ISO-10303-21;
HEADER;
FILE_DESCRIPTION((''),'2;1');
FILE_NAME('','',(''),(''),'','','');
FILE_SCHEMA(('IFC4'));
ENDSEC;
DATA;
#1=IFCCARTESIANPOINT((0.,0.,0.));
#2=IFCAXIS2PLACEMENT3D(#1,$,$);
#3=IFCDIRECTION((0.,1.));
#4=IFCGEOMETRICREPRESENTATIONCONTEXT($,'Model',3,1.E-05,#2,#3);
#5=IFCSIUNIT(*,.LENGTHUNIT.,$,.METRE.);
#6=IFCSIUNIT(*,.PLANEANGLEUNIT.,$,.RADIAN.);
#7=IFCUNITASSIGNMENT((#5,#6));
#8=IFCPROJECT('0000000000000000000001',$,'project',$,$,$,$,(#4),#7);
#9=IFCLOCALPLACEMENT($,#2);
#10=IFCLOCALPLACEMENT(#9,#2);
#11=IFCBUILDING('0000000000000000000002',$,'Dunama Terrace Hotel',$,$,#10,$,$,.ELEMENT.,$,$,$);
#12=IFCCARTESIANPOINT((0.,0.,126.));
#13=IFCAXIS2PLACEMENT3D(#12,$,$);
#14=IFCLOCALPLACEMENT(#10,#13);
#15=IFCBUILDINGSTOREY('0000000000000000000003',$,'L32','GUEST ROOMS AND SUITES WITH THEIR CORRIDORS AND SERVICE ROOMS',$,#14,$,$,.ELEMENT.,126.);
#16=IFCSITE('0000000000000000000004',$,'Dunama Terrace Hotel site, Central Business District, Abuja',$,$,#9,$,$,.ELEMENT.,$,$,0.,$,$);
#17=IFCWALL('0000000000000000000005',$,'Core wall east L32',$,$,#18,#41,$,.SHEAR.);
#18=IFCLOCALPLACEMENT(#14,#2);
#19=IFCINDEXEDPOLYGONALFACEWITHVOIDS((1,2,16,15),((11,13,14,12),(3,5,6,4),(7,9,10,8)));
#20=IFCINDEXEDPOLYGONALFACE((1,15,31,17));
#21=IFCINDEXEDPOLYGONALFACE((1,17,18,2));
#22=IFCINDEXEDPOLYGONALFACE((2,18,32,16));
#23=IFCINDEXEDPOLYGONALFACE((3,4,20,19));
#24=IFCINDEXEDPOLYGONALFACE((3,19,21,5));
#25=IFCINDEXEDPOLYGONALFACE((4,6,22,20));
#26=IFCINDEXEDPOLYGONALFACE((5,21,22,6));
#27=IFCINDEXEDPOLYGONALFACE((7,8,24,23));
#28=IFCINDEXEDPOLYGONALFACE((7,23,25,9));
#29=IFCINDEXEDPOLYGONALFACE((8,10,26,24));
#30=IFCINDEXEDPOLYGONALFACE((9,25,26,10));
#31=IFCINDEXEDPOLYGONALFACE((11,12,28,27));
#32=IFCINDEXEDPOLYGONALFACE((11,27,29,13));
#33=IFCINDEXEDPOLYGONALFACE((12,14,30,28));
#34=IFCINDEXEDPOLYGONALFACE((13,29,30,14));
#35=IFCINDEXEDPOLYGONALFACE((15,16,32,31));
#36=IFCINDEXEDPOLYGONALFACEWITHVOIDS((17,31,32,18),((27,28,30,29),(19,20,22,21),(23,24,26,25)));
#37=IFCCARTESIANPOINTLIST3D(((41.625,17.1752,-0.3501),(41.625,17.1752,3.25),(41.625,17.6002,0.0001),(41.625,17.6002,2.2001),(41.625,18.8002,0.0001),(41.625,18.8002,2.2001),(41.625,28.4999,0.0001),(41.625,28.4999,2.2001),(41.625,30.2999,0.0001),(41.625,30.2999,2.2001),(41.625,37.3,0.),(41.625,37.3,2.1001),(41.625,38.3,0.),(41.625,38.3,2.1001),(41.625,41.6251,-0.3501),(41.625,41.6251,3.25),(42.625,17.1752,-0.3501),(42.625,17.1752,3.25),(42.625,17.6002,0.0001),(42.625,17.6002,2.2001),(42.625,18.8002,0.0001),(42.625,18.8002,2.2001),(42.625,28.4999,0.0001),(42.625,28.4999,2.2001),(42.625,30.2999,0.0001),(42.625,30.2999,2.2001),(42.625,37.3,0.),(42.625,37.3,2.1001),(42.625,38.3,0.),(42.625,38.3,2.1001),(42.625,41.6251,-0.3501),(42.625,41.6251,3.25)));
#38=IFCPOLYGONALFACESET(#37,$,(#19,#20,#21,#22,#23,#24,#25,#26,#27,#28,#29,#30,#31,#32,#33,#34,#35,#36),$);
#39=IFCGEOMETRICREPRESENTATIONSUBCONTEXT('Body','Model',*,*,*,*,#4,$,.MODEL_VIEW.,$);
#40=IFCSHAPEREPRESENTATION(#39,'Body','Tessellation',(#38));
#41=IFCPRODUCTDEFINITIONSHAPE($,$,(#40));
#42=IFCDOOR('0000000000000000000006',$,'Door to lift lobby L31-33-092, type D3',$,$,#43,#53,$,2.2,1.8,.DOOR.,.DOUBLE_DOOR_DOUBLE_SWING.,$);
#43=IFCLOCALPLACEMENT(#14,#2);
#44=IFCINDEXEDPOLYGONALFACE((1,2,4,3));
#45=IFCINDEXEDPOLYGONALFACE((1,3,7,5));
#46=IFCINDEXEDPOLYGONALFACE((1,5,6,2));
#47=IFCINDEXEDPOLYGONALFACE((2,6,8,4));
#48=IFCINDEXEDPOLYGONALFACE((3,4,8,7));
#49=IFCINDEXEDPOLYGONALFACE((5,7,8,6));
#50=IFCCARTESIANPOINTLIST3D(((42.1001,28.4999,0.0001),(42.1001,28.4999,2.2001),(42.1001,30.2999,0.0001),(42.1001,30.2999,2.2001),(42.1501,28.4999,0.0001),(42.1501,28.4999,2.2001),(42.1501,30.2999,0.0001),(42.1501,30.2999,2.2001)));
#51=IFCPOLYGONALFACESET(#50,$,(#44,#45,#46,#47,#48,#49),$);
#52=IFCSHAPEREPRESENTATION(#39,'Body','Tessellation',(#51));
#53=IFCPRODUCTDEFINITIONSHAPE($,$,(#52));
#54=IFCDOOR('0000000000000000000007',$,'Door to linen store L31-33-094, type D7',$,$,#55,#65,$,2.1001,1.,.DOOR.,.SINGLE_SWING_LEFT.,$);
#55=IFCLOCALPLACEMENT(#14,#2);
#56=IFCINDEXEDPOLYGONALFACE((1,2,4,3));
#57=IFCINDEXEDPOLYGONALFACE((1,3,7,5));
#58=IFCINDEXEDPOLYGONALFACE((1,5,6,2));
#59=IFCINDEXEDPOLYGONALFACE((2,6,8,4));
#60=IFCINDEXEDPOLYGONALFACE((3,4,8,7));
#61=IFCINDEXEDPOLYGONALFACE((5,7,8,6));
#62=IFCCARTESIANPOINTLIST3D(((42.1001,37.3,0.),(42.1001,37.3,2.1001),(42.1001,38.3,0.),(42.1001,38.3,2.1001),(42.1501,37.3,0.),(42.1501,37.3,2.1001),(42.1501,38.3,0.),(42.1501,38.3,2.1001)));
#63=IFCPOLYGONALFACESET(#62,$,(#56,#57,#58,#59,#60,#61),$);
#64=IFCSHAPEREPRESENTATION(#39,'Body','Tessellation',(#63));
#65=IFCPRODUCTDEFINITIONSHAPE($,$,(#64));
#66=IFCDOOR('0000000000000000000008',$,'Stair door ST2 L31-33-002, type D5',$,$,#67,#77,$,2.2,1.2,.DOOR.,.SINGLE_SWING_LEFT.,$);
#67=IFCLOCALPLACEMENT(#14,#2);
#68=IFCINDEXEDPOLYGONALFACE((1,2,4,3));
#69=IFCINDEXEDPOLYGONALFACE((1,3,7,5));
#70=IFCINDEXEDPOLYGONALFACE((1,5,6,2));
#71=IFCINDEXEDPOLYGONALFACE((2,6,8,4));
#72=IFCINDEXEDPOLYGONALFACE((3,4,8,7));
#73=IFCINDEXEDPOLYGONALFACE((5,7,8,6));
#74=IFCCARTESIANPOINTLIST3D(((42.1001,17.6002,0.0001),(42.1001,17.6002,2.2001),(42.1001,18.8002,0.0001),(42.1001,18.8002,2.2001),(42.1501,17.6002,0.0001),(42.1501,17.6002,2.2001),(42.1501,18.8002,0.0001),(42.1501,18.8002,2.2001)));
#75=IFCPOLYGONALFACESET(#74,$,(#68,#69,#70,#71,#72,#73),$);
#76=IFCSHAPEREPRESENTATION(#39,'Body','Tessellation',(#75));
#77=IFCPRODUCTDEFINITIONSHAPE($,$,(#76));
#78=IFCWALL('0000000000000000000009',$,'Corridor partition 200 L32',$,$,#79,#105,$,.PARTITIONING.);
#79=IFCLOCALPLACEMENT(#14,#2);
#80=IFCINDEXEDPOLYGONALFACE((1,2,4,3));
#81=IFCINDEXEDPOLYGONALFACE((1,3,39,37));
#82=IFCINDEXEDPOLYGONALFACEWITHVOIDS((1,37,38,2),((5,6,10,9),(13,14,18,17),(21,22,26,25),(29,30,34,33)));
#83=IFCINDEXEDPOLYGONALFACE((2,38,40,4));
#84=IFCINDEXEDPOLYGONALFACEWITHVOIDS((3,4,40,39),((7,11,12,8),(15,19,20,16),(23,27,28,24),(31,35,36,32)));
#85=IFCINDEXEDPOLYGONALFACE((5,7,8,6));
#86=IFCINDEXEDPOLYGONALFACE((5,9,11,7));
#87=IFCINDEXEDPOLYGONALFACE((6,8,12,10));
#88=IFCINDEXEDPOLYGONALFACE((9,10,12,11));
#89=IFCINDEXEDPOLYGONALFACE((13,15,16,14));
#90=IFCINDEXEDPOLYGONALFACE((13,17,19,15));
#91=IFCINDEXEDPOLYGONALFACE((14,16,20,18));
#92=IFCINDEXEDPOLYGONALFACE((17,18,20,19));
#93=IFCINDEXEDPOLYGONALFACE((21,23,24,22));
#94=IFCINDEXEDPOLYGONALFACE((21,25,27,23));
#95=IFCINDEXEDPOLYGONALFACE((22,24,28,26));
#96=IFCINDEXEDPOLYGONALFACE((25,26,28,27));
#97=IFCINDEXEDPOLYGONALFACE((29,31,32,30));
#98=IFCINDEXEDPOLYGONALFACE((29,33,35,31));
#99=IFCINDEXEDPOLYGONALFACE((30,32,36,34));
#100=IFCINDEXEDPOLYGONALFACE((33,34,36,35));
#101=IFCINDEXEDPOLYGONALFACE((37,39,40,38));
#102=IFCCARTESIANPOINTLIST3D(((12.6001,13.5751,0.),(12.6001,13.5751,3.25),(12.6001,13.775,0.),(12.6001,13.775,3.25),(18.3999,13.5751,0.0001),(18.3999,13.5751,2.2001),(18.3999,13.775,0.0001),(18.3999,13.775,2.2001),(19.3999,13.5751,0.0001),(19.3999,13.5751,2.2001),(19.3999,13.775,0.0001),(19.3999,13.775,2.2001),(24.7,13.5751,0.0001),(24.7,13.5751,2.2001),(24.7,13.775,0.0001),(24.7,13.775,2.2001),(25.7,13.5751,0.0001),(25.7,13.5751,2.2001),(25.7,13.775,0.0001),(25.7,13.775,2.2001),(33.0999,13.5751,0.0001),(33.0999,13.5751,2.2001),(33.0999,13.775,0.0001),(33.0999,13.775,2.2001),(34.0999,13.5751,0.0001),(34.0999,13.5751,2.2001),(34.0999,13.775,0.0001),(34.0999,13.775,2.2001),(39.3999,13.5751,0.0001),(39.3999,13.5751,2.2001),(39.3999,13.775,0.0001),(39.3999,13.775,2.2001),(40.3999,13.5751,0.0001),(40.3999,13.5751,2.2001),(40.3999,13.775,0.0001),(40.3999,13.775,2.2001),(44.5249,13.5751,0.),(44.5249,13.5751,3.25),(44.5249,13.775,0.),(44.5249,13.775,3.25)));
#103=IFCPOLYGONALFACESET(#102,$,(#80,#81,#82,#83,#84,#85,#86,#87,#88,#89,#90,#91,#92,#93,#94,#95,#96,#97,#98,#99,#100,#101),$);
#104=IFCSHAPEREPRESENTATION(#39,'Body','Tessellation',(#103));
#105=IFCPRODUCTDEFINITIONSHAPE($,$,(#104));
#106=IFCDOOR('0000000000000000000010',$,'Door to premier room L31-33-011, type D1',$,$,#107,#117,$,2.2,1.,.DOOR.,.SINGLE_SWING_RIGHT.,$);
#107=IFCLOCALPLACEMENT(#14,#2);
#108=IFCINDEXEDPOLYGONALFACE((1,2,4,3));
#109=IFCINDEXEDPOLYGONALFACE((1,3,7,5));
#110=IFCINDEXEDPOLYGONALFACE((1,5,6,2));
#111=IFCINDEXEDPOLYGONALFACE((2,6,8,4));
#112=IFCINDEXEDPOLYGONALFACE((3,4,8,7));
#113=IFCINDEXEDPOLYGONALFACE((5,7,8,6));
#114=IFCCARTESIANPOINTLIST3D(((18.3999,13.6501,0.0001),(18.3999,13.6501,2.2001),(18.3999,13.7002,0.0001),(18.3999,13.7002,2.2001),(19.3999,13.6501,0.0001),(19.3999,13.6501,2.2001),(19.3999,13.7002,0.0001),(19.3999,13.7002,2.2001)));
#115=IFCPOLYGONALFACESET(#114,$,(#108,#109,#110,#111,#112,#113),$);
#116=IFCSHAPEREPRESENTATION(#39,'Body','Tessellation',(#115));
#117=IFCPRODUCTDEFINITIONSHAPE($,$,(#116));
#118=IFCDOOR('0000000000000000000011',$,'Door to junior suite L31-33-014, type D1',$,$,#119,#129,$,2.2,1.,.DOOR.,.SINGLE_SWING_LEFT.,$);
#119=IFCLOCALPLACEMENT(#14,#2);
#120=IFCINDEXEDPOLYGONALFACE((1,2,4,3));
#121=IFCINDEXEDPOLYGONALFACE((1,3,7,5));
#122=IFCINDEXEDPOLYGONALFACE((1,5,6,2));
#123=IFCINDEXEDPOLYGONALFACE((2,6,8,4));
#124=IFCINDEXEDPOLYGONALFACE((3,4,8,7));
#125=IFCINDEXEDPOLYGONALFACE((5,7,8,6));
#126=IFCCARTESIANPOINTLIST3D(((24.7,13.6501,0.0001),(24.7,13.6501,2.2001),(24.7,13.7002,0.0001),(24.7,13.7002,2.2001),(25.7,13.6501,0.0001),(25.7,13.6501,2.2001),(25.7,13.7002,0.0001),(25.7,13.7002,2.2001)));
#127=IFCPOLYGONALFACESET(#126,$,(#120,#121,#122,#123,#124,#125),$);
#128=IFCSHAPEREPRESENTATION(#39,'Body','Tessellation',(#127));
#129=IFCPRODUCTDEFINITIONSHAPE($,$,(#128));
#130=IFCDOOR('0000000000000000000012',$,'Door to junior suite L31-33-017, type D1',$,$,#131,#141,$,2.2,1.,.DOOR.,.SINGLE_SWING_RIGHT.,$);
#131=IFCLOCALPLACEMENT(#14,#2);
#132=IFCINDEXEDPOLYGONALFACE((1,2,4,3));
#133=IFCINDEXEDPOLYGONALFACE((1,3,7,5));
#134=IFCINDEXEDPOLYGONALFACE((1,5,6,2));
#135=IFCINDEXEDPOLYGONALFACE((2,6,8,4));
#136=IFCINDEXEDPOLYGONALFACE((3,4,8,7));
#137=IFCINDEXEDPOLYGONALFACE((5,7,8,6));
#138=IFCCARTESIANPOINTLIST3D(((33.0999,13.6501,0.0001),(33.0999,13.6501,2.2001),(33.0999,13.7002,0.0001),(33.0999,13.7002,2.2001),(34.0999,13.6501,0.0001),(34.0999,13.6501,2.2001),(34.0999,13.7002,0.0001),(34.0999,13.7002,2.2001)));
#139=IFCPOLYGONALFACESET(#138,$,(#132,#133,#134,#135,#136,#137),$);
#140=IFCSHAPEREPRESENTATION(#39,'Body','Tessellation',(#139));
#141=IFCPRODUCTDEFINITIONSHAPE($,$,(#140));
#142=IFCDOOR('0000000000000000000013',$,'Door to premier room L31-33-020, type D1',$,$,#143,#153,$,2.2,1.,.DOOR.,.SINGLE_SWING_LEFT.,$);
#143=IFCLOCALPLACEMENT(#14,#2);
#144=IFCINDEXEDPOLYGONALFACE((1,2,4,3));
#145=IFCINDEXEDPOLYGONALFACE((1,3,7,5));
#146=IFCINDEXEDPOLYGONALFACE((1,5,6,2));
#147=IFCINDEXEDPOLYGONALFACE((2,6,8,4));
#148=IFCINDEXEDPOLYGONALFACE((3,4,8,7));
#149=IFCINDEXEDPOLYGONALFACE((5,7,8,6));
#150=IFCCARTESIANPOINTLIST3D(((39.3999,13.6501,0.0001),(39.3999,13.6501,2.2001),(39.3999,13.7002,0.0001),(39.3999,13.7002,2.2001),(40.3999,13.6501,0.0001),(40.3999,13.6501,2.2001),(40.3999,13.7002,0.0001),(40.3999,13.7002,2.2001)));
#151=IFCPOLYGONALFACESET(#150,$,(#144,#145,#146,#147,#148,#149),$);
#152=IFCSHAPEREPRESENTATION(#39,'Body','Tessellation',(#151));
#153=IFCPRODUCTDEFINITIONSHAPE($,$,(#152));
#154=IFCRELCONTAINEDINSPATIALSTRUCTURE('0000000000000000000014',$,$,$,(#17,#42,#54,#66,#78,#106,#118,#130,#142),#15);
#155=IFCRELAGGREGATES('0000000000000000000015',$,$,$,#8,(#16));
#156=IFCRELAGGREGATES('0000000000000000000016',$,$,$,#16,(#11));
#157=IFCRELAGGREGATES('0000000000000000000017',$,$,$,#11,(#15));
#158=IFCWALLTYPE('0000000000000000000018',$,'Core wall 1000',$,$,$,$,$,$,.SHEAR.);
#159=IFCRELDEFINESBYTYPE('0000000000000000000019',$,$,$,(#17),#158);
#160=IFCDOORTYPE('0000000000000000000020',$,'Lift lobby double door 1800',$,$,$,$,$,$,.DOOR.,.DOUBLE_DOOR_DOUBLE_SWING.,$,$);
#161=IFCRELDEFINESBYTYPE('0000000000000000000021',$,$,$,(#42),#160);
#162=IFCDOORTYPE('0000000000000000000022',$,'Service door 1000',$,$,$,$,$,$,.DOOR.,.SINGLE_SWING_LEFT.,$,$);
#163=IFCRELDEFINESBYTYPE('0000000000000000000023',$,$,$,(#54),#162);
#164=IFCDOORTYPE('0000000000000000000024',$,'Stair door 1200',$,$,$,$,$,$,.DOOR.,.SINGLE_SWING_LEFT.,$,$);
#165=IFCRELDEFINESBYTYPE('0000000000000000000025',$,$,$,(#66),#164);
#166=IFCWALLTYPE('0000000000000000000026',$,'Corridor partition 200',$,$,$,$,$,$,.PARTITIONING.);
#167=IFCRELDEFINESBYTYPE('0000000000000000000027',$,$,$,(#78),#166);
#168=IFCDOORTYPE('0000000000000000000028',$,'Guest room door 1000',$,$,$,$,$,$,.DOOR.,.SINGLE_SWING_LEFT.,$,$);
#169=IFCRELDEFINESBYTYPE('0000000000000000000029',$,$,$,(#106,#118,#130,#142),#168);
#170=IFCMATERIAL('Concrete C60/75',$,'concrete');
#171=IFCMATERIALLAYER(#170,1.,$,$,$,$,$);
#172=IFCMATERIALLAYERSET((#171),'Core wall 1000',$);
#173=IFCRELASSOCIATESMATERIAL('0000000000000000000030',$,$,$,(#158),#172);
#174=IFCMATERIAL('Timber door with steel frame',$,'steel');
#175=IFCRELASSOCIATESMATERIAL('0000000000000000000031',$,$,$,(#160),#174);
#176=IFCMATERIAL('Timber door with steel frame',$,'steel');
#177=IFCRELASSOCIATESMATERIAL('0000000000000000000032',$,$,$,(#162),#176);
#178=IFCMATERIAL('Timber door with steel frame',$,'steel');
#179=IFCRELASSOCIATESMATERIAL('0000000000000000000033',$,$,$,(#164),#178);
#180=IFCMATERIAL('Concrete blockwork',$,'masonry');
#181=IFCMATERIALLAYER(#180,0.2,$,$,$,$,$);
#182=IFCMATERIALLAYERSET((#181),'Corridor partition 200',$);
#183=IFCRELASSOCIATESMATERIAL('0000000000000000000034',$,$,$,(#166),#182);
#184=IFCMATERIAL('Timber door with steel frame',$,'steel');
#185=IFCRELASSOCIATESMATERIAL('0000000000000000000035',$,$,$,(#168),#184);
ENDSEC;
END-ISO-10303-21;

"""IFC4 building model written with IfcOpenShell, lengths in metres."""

from ifc_helpers import new_model, si_unit, direction, frame, frame_2d, origin, place, context, subcontext, project, spatial, rectangle, extrude, material, layer, layer_set, type_object, element, fill, save


model = new_model("IFC4")

# Units and contexts
model_context = context("Model", 3, precision=1e-05, world=origin(), true_north=direction((0.0, 1.0)))
body_context = subcontext(model_context, "Body", "Model", "MODEL_VIEW")
ifc_project = project(units=[si_unit("LENGTHUNIT", "METRE"), si_unit("PLANEANGLEUNIT", "RADIAN")], contexts=[model_context])

# Site, building, storey
site_placement = place(None, origin())
site = spatial("IfcSite", under=ifc_project, at=site_placement, Name="Dunama Terrace Hotel site, Central Business District, Abuja", CompositionType="ELEMENT", RefElevation=0.0)
building_placement = place(site_placement, origin())
building = spatial("IfcBuilding", under=site, at=building_placement, Name="Dunama Terrace Hotel", CompositionType="ELEMENT")
storey_placement = place(building_placement, frame((0.0, 0.0, 126.0)))
storey = spatial("IfcBuildingStorey", under=building, at=storey_placement, Name="L32", Description="GUEST ROOMS AND SUITES WITH THEIR CORRIDORS AND SERVICE ROOMS", CompositionType="ELEMENT", Elevation=126.0)

# Walls, openings, doors
ifc_material_1 = material(Name="Concrete C60/75", Category="concrete")
ifc_layer_1 = layer(ifc_material_1, 1.0)
ifc_layer_set_1 = layer_set([ifc_layer_1], Name="Core wall 1000")
wall_type_1 = type_object("IfcWallType", Name="Core wall 1000", PredefinedType="SHEAR", material=ifc_layer_set_1)
wall_1_placement = place(storey_placement, frame((42.125, 17.175, -0.3501), z_axis=(0.0, 0.0, 1.0), x_axis=(0.0, 1.0, 0.0)))
wall_1 = element("IfcWall", 1, at=wall_1_placement, inside=storey, type_object=wall_type_1, Name="Core wall east L32", PredefinedType="SHEAR", context=body_context, shape_type="SweptSolid", body=[
    extrude(rectangle(XDim=24.45, YDim=1.0, at=frame_2d((12.2251, 0.0))), origin(), (0.0, 0.0, 1.0), 3.6001),
])
opening_1_placement = place(wall_1_placement, frame((0.425, 0.0, 0.3501)))
opening_1 = element("IfcOpeningElement", 2, at=opening_1_placement, cuts=wall_1, PredefinedType="OPENING", context=body_context, shape_type="SweptSolid", body=[
    extrude(rectangle(XDim=1.2, YDim=2.2, at=frame_2d((0.6001, 1.1001))), frame((0.0, 0.51, 0.0), z_axis=(0.0, -1.0, 0.0), x_axis=(1.0, 0.0, 0.0)), (0.0, 0.0, 1.0), 1.02),
])
opening_2_placement = place(wall_1_placement, frame((11.325, 0.0, 0.3501)))
opening_2 = element("IfcOpeningElement", 3, at=opening_2_placement, cuts=wall_1, PredefinedType="OPENING", context=body_context, shape_type="SweptSolid", body=[
    extrude(rectangle(XDim=1.8, YDim=2.2, at=frame_2d((0.8999, 1.1001))), frame((0.0, 0.51, 0.0), z_axis=(0.0, -1.0, 0.0), x_axis=(1.0, 0.0, 0.0)), (0.0, 0.0, 1.0), 1.02),
])
opening_3_placement = place(wall_1_placement, frame((20.125, 0.0, 0.3501)))
opening_3 = element("IfcOpeningElement", 4, at=opening_3_placement, cuts=wall_1, PredefinedType="OPENING", context=body_context, shape_type="SweptSolid", body=[
    extrude(rectangle(XDim=1.0, YDim=2.1001, at=frame_2d((0.5, 1.05))), frame((0.0, 0.51, 0.0), z_axis=(0.0, -1.0, 0.0), x_axis=(1.0, 0.0, 0.0)), (0.0, 0.0, 1.0), 1.02),
])
ifc_material_2 = material(Name="Timber door with steel frame", Category="steel")
door_type_1 = type_object("IfcDoorType", Name="Lift lobby double door 1800", OperationType="DOUBLE_DOOR_DOUBLE_SWING", PredefinedType="DOOR", material=ifc_material_2)
door_1_placement = place(opening_2_placement, origin())
door_1 = element("IfcDoor", 5, at=door_1_placement, inside=storey, type_object=door_type_1, Name="Door to lift lobby L31-33-092, type D3", OperationType="DOUBLE_DOOR_DOUBLE_SWING", OverallHeight=2.2, OverallWidth=1.8, PredefinedType="DOOR", context=body_context, shape_type="SweptSolid", body=[
    extrude(rectangle(XDim=1.8, YDim=2.2, at=frame_2d((0.8999, 1.1001))), frame((0.0, 0.0249, 0.0), z_axis=(0.0, -1.0, 0.0), x_axis=(1.0, 0.0, 0.0)), (0.0, 0.0, 1.0), 0.05),
])
fill(opening_2, door_1)
ifc_material_3 = material(Name="Timber door with steel frame", Category="steel")
door_type_2 = type_object("IfcDoorType", Name="Service door 1000", OperationType="SINGLE_SWING_LEFT", PredefinedType="DOOR", material=ifc_material_3)
door_2_placement = place(opening_3_placement, origin())
door_2 = element("IfcDoor", 6, at=door_2_placement, inside=storey, type_object=door_type_2, Name="Door to linen store L31-33-094, type D7", OperationType="SINGLE_SWING_LEFT", OverallHeight=2.1001, OverallWidth=1.0, PredefinedType="DOOR", context=body_context, shape_type="SweptSolid", body=[
    extrude(rectangle(XDim=1.0, YDim=2.1001, at=frame_2d((0.5, 1.05))), frame((0.0, 0.0249, 0.0), z_axis=(0.0, -1.0, 0.0), x_axis=(1.0, 0.0, 0.0)), (0.0, 0.0, 1.0), 0.05),
])
fill(opening_3, door_2)
ifc_material_4 = material(Name="Timber door with steel frame", Category="steel")
door_type_3 = type_object("IfcDoorType", Name="Stair door 1200", OperationType="SINGLE_SWING_LEFT", PredefinedType="DOOR", material=ifc_material_4)
door_3_placement = place(opening_1_placement, origin())
door_3 = element("IfcDoor", 7, at=door_3_placement, inside=storey, type_object=door_type_3, Name="Stair door ST2 L31-33-002, type D5", OperationType="SINGLE_SWING_LEFT", OverallHeight=2.2, OverallWidth=1.2, PredefinedType="DOOR", context=body_context, shape_type="SweptSolid", body=[
    extrude(rectangle(XDim=1.2, YDim=2.2, at=frame_2d((0.6001, 1.1001))), frame((0.0, 0.0249, 0.0), z_axis=(0.0, -1.0, 0.0), x_axis=(1.0, 0.0, 0.0)), (0.0, 0.0, 1.0), 0.05),
])
fill(opening_1, door_3)
ifc_material_5 = material(Name="Concrete blockwork", Category="masonry")
ifc_layer_2 = layer(ifc_material_5, 0.2)
ifc_layer_set_2 = layer_set([ifc_layer_2], Name="Corridor partition 200")
wall_type_2 = type_object("IfcWallType", Name="Corridor partition 200", PredefinedType="PARTITIONING", material=ifc_layer_set_2)
wall_2_placement = place(storey_placement, frame((44.5249, 13.675, 0.0), z_axis=(0.0, 0.0, 1.0), x_axis=(-1.0, 0.0, 0.0)))
wall_2 = element("IfcWall", 8, at=wall_2_placement, inside=storey, type_object=wall_type_2, Name="Corridor partition 200 L32", PredefinedType="PARTITIONING", context=body_context, shape_type="SweptSolid", body=[
    extrude(rectangle(XDim=31.9248, YDim=0.2, at=frame_2d((15.9624, 0.0))), origin(), (0.0, 0.0, 1.0), 3.25),
])
opening_4_placement = place(wall_2_placement, frame((25.125, 0.0, 0.0)))
opening_4 = element("IfcOpeningElement", 9, at=opening_4_placement, cuts=wall_2, PredefinedType="OPENING", context=body_context, shape_type="SweptSolid", body=[
    extrude(rectangle(XDim=1.0, YDim=2.2, at=frame_2d((0.5, 1.1001))), frame((0.0, 0.1099, 0.0), z_axis=(0.0, -1.0, 0.0), x_axis=(1.0, 0.0, 0.0)), (0.0, 0.0, 1.0), 0.22),
])
opening_5_placement = place(wall_2_placement, frame((18.825, 0.0, 0.0)))
opening_5 = element("IfcOpeningElement", 10, at=opening_5_placement, cuts=wall_2, PredefinedType="OPENING", context=body_context, shape_type="SweptSolid", body=[
    extrude(rectangle(XDim=1.0, YDim=2.2, at=frame_2d((0.5, 1.1001))), frame((0.0, 0.1099, 0.0), z_axis=(0.0, -1.0, 0.0), x_axis=(1.0, 0.0, 0.0)), (0.0, 0.0, 1.0), 0.22),
])
opening_6_placement = place(wall_2_placement, frame((10.425, 0.0, 0.0)))
opening_6 = element("IfcOpeningElement", 11, at=opening_6_placement, cuts=wall_2, PredefinedType="OPENING", context=body_context, shape_type="SweptSolid", body=[
    extrude(rectangle(XDim=1.0, YDim=2.2, at=frame_2d((0.5, 1.1001))), frame((0.0, 0.1099, 0.0), z_axis=(0.0, -1.0, 0.0), x_axis=(1.0, 0.0, 0.0)), (0.0, 0.0, 1.0), 0.22),
])
opening_7_placement = place(wall_2_placement, frame((4.125, 0.0, 0.0)))
opening_7 = element("IfcOpeningElement", 12, at=opening_7_placement, cuts=wall_2, PredefinedType="OPENING", context=body_context, shape_type="SweptSolid", body=[
    extrude(rectangle(XDim=1.0, YDim=2.2, at=frame_2d((0.5, 1.1001))), frame((0.0, 0.1099, 0.0), z_axis=(0.0, -1.0, 0.0), x_axis=(1.0, 0.0, 0.0)), (0.0, 0.0, 1.0), 0.22),
])
ifc_material_6 = material(Name="Timber door with steel frame", Category="steel")
door_type_4 = type_object("IfcDoorType", Name="Guest room door 1000", OperationType="SINGLE_SWING_LEFT", PredefinedType="DOOR", material=ifc_material_6)
door_4_placement = place(opening_4_placement, origin())
door_4 = element("IfcDoor", 13, at=door_4_placement, inside=storey, type_object=door_type_4, Name="Door to premier room L31-33-011, type D1", OperationType="SINGLE_SWING_RIGHT", OverallHeight=2.2, OverallWidth=1.0, PredefinedType="DOOR", context=body_context, shape_type="SweptSolid", body=[
    extrude(rectangle(XDim=1.0, YDim=2.2, at=frame_2d((0.5, 1.1001))), frame((0.0, 0.0249, 0.0), z_axis=(0.0, -1.0, 0.0), x_axis=(1.0, 0.0, 0.0)), (0.0, 0.0, 1.0), 0.05),
])
fill(opening_4, door_4)
door_5_placement = place(opening_5_placement, origin())
door_5 = element("IfcDoor", 14, at=door_5_placement, inside=storey, type_object=door_type_4, Name="Door to junior suite L31-33-014, type D1", OperationType="SINGLE_SWING_LEFT", OverallHeight=2.2, OverallWidth=1.0, PredefinedType="DOOR", context=body_context, shape_type="SweptSolid", body=[
    extrude(rectangle(XDim=1.0, YDim=2.2, at=frame_2d((0.5, 1.1001))), frame((0.0, 0.0249, 0.0), z_axis=(0.0, -1.0, 0.0), x_axis=(1.0, 0.0, 0.0)), (0.0, 0.0, 1.0), 0.05),
])
fill(opening_5, door_5)
door_6_placement = place(opening_6_placement, origin())
door_6 = element("IfcDoor", 15, at=door_6_placement, inside=storey, type_object=door_type_4, Name="Door to junior suite L31-33-017, type D1", OperationType="SINGLE_SWING_RIGHT", OverallHeight=2.2, OverallWidth=1.0, PredefinedType="DOOR", context=body_context, shape_type="SweptSolid", body=[
    extrude(rectangle(XDim=1.0, YDim=2.2, at=frame_2d((0.5, 1.1001))), frame((0.0, 0.0249, 0.0), z_axis=(0.0, -1.0, 0.0), x_axis=(1.0, 0.0, 0.0)), (0.0, 0.0, 1.0), 0.05),
])
fill(opening_6, door_6)
door_7_placement = place(opening_7_placement, origin())
door_7 = element("IfcDoor", 16, at=door_7_placement, inside=storey, type_object=door_type_4, Name="Door to premier room L31-33-020, type D1", OperationType="SINGLE_SWING_LEFT", OverallHeight=2.2, OverallWidth=1.0, PredefinedType="DOOR", context=body_context, shape_type="SweptSolid", body=[
    extrude(rectangle(XDim=1.0, YDim=2.2, at=frame_2d((0.5, 1.1001))), frame((0.0, 0.0249, 0.0), z_axis=(0.0, -1.0, 0.0), x_axis=(1.0, 0.0, 0.0)), (0.0, 0.0, 1.0), 0.05),
])
fill(opening_7, door_7)

save(model, "model.ifc")
